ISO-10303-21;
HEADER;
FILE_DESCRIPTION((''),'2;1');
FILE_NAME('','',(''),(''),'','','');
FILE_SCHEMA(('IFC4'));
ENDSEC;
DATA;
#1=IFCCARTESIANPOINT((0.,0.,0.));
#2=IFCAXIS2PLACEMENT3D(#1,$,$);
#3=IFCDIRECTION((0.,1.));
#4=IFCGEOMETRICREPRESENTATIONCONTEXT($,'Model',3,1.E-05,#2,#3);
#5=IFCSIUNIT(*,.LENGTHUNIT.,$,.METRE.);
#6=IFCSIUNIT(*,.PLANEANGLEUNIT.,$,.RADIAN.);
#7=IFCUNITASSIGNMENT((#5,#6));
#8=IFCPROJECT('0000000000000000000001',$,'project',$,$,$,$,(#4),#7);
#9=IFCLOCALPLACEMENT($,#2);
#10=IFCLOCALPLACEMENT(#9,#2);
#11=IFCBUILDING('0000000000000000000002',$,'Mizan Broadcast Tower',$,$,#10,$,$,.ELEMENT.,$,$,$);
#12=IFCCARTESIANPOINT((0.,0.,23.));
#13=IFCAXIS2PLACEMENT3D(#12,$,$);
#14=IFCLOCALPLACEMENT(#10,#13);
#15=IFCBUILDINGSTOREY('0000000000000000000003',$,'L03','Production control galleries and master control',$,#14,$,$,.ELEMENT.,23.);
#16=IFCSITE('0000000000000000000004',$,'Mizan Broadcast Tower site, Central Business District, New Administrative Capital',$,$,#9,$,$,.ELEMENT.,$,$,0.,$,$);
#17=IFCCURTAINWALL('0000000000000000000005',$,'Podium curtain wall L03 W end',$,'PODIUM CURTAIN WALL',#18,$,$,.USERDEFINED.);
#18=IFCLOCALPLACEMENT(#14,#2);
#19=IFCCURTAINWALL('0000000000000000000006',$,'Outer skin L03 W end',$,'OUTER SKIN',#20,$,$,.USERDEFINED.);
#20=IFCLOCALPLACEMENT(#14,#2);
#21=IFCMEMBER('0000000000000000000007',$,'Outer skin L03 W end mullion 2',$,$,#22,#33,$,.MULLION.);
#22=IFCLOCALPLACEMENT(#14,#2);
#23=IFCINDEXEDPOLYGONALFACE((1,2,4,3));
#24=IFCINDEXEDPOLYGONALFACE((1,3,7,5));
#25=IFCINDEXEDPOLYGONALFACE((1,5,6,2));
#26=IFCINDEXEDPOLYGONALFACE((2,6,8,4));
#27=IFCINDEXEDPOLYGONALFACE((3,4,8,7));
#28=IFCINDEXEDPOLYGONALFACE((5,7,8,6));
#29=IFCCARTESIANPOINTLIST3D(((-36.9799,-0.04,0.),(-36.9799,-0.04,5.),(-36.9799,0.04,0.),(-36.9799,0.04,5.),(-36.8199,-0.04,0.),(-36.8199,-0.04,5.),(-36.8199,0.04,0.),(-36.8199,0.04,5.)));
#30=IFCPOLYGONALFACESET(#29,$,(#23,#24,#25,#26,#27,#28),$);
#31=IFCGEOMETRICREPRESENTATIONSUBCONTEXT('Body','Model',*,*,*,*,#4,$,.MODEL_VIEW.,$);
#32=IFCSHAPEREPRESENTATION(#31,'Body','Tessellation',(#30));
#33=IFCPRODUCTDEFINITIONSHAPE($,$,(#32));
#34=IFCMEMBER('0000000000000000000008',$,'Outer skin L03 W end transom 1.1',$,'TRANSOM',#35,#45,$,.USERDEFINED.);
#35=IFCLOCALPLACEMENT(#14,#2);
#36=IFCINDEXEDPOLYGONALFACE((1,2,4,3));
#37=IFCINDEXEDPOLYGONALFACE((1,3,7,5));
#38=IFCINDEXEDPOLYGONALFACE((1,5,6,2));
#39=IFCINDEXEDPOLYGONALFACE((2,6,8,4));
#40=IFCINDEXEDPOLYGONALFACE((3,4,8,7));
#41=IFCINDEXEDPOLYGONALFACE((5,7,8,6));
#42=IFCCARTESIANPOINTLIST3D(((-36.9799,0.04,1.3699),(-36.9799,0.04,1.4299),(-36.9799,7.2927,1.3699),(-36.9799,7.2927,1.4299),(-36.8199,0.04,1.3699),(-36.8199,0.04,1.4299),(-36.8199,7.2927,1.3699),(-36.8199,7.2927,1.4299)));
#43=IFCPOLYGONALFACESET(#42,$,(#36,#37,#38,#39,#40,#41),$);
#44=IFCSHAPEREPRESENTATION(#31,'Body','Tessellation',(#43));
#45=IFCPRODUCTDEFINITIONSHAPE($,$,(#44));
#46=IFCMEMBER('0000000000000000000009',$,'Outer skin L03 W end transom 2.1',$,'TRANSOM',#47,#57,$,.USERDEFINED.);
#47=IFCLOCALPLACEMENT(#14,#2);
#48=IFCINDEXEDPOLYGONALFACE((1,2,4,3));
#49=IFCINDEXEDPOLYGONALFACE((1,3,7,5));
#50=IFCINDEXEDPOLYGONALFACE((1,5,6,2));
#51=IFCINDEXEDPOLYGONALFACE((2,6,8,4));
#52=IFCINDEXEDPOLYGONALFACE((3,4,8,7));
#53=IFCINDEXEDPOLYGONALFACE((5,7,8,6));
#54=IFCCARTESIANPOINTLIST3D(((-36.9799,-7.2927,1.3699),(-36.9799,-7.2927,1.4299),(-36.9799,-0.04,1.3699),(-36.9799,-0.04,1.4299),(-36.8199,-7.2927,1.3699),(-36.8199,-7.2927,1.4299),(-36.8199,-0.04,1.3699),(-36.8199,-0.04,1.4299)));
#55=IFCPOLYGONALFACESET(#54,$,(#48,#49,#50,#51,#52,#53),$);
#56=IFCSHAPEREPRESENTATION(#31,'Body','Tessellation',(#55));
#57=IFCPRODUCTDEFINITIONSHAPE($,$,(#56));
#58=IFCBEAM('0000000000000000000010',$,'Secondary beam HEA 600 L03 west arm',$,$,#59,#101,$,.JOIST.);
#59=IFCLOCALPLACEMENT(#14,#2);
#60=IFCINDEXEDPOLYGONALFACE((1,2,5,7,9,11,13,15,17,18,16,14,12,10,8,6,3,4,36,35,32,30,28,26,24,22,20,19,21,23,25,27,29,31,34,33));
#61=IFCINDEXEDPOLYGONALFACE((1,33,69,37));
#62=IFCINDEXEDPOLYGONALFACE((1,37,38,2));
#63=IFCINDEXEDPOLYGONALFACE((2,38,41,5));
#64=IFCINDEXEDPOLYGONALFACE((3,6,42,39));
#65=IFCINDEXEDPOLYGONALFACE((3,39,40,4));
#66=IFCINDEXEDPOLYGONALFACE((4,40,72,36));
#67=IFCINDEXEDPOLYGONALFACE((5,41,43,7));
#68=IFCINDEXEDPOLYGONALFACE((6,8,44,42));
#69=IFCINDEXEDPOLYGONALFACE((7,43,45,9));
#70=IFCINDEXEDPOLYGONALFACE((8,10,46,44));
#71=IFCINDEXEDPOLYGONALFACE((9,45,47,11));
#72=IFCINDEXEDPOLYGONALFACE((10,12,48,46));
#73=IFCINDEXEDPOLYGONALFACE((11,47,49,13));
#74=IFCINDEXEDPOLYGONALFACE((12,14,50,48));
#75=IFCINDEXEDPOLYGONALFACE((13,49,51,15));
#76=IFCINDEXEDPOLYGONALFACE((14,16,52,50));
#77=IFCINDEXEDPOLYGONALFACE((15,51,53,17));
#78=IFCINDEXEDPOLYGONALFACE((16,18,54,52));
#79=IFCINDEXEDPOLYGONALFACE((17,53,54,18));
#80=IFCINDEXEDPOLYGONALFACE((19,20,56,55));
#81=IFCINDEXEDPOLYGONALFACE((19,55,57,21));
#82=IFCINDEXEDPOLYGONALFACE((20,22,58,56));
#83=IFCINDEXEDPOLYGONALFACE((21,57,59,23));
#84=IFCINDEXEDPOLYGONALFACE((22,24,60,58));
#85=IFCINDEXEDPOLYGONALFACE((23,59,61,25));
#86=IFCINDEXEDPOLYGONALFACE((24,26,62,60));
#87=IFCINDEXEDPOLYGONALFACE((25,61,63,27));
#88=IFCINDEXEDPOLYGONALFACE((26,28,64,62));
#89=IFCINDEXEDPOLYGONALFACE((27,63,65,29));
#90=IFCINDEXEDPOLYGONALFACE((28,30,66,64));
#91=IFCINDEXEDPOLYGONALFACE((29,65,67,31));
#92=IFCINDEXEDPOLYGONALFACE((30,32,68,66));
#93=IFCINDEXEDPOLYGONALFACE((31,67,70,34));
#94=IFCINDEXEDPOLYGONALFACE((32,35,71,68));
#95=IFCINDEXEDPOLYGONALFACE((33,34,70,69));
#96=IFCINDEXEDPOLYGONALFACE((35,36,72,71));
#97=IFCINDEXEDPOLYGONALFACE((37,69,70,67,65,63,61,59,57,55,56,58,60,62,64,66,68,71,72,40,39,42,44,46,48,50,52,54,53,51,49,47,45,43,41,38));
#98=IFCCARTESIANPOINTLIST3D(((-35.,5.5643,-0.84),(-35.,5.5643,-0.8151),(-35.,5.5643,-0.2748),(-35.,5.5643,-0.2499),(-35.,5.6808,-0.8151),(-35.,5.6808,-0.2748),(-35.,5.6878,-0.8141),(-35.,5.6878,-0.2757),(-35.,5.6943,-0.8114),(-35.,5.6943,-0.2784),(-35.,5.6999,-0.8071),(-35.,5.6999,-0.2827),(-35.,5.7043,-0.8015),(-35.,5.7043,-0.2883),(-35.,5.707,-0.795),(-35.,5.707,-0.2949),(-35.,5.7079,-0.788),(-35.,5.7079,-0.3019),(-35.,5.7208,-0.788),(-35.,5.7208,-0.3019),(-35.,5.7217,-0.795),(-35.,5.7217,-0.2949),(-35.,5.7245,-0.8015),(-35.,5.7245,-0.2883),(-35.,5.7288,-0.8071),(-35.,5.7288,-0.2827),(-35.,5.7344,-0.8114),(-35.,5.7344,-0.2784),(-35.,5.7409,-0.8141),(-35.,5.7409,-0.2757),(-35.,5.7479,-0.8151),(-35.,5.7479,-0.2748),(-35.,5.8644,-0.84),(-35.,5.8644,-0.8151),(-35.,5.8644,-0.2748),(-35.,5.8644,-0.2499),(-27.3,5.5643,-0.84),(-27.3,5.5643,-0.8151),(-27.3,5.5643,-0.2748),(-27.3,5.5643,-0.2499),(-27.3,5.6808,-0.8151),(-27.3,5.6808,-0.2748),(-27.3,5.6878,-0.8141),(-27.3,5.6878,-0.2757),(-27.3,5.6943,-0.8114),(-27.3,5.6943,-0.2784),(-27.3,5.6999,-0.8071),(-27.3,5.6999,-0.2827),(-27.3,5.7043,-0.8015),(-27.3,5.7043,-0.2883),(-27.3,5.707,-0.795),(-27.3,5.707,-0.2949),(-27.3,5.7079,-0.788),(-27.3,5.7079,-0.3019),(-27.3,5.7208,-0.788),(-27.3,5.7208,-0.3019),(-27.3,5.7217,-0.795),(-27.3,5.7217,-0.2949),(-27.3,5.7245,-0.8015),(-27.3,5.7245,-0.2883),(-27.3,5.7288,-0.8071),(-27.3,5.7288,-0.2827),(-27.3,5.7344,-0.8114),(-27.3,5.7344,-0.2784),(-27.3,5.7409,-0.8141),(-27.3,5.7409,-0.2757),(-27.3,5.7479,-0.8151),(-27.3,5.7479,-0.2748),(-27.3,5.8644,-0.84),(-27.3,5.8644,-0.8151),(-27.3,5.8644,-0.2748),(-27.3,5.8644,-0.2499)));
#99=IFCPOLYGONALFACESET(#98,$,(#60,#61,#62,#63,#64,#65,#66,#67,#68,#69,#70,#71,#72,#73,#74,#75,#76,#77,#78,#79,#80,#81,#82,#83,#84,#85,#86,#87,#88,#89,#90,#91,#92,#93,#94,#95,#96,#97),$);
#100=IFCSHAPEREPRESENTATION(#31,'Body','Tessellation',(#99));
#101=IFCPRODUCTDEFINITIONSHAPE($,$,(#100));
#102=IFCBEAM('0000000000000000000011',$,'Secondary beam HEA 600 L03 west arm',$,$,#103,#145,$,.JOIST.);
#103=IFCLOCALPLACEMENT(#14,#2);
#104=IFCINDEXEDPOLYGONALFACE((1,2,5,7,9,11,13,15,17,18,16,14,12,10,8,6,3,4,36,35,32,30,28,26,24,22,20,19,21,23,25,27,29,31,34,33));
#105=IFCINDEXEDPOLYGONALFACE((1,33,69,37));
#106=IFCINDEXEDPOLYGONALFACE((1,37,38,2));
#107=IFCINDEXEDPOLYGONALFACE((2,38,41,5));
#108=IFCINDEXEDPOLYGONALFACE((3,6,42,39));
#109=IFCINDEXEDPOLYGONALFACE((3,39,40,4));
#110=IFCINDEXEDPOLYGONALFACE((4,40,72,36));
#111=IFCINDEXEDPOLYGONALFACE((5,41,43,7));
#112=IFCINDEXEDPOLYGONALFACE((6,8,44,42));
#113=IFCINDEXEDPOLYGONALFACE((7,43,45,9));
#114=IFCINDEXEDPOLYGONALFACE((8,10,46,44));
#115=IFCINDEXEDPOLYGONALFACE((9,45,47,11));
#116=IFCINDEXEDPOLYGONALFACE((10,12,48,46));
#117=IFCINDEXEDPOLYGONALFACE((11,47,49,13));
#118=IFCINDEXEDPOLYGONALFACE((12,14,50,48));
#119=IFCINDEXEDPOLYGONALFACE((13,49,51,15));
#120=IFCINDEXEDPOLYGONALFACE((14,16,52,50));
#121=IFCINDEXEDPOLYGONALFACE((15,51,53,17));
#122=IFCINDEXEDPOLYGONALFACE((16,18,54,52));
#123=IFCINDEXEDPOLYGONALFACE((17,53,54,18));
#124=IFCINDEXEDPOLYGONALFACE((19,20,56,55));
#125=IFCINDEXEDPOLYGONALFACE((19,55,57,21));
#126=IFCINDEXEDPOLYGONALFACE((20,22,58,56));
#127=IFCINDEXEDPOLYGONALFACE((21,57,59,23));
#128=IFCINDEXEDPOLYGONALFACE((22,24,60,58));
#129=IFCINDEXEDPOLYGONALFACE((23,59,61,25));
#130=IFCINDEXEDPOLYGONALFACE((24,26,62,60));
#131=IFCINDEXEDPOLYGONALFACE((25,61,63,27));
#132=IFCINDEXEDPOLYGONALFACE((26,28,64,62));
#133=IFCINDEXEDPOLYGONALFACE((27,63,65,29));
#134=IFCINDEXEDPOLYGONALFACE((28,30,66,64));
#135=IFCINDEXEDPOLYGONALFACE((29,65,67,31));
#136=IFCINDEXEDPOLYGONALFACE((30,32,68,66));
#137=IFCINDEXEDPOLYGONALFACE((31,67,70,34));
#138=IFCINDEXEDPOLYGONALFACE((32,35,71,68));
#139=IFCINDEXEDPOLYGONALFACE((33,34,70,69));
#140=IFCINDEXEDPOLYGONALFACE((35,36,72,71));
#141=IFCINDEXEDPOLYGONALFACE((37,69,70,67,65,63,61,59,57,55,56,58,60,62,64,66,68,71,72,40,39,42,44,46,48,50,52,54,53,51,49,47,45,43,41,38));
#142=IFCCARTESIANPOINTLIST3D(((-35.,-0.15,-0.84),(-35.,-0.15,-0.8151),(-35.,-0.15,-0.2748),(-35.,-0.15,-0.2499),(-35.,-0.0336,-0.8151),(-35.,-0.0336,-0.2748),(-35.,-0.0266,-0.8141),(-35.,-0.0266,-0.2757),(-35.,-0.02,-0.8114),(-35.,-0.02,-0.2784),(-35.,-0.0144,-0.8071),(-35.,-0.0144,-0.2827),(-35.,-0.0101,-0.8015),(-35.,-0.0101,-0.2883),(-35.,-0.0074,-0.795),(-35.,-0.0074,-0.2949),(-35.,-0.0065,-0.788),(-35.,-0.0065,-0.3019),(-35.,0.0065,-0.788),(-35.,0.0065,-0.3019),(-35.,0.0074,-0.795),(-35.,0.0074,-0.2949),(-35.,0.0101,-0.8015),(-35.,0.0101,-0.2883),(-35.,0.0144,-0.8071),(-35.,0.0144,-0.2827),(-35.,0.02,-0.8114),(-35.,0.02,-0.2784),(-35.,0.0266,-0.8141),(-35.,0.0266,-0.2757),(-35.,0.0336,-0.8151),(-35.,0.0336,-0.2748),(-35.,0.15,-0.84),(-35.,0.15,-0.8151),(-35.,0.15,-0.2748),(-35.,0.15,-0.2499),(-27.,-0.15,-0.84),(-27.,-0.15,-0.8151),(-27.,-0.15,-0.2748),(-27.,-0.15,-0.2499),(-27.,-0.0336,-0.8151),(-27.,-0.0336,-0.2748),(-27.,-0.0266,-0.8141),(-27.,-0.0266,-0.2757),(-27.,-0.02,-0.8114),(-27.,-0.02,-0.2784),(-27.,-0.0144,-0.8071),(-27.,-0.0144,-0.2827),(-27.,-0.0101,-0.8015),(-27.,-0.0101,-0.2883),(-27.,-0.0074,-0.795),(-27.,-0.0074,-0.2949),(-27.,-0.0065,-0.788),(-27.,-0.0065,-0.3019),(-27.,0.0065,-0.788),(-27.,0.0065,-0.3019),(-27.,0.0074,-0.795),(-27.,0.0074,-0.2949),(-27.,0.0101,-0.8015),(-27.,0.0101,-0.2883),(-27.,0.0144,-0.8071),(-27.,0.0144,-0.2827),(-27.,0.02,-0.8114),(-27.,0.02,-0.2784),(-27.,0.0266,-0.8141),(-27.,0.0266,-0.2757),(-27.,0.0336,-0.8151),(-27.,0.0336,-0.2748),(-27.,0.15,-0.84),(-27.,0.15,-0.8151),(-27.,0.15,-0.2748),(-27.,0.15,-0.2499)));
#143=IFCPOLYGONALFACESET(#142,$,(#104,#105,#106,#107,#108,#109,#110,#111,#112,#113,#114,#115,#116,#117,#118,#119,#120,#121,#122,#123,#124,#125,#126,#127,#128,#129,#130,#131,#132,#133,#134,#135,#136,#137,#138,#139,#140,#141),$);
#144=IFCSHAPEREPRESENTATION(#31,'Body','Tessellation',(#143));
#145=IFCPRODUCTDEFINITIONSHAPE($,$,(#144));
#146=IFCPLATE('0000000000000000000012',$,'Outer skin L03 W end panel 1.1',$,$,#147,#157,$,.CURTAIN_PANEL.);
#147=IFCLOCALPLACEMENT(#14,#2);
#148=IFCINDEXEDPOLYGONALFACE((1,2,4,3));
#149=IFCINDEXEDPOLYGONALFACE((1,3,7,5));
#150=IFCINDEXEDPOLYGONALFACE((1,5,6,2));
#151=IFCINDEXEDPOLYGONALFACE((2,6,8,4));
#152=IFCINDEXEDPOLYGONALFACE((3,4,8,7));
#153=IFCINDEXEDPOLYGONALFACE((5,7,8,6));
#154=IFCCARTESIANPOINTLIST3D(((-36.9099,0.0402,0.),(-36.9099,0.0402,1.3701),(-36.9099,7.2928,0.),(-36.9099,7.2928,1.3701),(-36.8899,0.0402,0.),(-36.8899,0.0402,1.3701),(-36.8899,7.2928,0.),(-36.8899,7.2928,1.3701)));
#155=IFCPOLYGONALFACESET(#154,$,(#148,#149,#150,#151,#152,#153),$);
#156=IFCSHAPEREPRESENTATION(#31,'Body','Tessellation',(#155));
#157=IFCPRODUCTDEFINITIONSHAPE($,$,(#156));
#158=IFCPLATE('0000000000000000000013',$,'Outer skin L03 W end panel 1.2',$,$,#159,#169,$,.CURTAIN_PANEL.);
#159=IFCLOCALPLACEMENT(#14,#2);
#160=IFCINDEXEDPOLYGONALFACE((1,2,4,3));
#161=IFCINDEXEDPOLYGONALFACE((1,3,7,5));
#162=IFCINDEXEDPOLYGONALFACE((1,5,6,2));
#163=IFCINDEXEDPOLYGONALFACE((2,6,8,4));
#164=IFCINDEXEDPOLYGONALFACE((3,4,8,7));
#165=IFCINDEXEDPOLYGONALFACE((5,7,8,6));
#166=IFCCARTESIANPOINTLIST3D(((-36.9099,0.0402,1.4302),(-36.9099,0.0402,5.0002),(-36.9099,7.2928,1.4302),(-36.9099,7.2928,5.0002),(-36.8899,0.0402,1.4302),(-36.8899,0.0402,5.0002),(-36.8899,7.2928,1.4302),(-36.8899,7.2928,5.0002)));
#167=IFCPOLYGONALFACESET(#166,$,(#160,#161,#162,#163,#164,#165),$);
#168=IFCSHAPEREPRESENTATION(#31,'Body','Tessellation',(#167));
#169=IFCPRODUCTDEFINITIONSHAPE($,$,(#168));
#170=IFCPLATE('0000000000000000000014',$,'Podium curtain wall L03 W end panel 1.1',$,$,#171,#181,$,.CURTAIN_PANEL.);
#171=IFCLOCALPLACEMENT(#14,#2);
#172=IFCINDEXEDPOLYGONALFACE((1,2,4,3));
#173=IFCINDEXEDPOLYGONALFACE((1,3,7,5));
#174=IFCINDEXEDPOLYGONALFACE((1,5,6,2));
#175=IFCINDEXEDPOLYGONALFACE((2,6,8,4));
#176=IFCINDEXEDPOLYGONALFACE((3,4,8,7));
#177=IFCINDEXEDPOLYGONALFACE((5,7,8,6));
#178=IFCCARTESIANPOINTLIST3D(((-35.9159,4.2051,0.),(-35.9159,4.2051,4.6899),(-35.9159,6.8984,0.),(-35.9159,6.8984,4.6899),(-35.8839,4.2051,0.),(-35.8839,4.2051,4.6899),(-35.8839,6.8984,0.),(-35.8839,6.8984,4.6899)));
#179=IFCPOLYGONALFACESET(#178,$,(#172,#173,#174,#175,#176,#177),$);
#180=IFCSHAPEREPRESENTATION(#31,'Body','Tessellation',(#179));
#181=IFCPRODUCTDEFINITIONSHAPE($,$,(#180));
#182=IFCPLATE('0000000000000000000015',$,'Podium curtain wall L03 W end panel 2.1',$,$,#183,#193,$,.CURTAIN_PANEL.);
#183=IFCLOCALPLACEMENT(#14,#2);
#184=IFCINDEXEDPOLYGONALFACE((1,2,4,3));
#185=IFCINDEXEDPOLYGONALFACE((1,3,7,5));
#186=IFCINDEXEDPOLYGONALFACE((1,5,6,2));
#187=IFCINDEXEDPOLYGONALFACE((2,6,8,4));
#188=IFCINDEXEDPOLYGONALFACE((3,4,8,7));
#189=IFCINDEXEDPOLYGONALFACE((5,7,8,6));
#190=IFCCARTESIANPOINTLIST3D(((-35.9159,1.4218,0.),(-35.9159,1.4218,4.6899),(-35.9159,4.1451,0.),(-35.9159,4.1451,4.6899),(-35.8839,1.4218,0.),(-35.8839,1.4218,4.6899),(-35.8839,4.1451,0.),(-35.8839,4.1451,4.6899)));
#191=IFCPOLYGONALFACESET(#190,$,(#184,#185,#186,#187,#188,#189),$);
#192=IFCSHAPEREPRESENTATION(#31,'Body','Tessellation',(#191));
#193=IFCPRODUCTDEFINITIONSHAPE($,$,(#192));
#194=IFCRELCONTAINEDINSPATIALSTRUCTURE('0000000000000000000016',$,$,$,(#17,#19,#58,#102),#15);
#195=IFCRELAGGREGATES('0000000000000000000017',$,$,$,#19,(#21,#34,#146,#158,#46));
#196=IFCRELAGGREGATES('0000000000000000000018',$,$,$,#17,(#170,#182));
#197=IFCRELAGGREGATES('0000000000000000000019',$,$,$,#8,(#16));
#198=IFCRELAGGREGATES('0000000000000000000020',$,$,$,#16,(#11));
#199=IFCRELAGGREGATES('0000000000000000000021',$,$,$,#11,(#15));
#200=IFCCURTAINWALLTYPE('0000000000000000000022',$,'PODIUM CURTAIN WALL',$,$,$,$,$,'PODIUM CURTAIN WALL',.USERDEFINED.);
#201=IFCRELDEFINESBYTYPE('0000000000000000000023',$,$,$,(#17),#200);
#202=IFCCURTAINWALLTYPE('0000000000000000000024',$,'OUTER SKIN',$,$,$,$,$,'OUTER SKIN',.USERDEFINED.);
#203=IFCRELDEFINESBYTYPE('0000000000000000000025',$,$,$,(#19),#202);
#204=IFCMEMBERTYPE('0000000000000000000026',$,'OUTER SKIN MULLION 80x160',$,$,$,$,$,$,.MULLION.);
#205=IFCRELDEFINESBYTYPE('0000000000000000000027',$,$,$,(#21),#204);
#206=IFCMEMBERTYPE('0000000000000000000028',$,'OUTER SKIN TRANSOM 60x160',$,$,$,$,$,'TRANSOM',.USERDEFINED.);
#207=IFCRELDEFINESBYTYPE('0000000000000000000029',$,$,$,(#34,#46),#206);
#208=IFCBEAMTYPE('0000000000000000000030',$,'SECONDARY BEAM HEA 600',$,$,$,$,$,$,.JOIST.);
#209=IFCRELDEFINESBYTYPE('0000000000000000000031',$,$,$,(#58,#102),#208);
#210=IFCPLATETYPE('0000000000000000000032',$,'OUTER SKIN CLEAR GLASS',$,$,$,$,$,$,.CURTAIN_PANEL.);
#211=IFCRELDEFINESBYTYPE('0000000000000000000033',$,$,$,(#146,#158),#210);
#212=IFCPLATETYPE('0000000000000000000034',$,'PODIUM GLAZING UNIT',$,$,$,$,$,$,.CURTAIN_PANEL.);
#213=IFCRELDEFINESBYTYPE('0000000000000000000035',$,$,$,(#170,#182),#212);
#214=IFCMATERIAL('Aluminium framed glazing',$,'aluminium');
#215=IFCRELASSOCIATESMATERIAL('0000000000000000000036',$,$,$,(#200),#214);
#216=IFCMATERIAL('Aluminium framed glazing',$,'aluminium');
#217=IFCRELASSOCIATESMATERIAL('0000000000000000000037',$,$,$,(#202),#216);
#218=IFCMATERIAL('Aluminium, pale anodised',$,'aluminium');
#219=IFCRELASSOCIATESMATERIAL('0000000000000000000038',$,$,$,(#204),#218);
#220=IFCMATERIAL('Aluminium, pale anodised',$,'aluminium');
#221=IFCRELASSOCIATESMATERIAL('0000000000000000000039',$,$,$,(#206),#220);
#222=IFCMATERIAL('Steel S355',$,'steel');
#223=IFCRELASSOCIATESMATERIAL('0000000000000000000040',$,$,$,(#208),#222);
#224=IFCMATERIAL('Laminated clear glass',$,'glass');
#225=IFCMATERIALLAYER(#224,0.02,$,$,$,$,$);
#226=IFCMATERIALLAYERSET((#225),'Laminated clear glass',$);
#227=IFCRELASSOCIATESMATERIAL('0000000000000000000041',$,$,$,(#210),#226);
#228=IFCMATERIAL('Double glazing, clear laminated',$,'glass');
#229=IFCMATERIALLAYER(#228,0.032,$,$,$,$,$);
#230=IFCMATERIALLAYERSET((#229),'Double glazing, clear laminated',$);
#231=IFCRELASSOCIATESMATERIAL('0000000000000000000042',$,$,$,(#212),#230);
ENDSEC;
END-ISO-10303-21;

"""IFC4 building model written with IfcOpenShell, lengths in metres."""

from ifc_helpers import new_model, si_unit, direction, frame, origin, origin_2d, place, context, subcontext, project, spatial, rectangle, i_section, extrude, material, layer, layer_set, material_profile, profile_set, type_object, element, aggregate, save


model = new_model("IFC4")

# Units and contexts
model_context = context("Model", 3, precision=1e-05, world=origin(), true_north=direction((0.0, 1.0)))
body_context = subcontext(model_context, "Body", "Model", "MODEL_VIEW")
ifc_project = project(units=[si_unit("LENGTHUNIT", "METRE"), si_unit("PLANEANGLEUNIT", "RADIAN")], contexts=[model_context])

# Site, building, storey
site_placement = place(None, origin())
site = spatial("IfcSite", under=ifc_project, at=site_placement, Name="Mizan Broadcast Tower site, Central Business District, New Administrative Capital", CompositionType="ELEMENT", RefElevation=0.0)
building_placement = place(site_placement, origin())
building = spatial("IfcBuilding", under=site, at=building_placement, Name="Mizan Broadcast Tower", CompositionType="ELEMENT")
storey_placement = place(building_placement, frame((0.0, 0.0, 23.0)))
storey = spatial("IfcBuildingStorey", under=building, at=storey_placement, Name="L03", Description="Production control galleries and master control", CompositionType="ELEMENT", Elevation=23.0)

# Shared definitions
ifc_material_1 = material(Name="Aluminium framed glazing", Category="aluminium")
curtain_wall_type_1 = type_object("IfcCurtainWallType", Name="PODIUM CURTAIN WALL", ElementType="PODIUM CURTAIN WALL", PredefinedType="USERDEFINED", material=ifc_material_1)

# Curtain walls, members
curtain_wall_1_placement = place(storey_placement, origin())
curtain_wall_1 = element("IfcCurtainWall", 1, at=curtain_wall_1_placement, inside=storey, type_object=curtain_wall_type_1, Name="Podium curtain wall L03 W end", ObjectType="PODIUM CURTAIN WALL", PredefinedType="USERDEFINED")
ifc_material_2 = material(Name="Aluminium framed glazing", Category="aluminium")
curtain_wall_type_2 = type_object("IfcCurtainWallType", Name="OUTER SKIN", ElementType="OUTER SKIN", PredefinedType="USERDEFINED", material=ifc_material_2)
curtain_wall_2_placement = place(storey_placement, origin())
curtain_wall_2 = element("IfcCurtainWall", 2, at=curtain_wall_2_placement, inside=storey, type_object=curtain_wall_type_2, Name="Outer skin L03 W end", ObjectType="OUTER SKIN", PredefinedType="USERDEFINED")
ifc_material_3 = material(Name="Aluminium, pale anodised", Category="aluminium")
ifc_material_profile_1 = material_profile(ifc_material_3, rectangle(XDim=0.1599, YDim=0.0801, at=origin_2d()), Name="MULLION 160x80")
ifc_profile_set_1 = profile_set([ifc_material_profile_1], Name="Aluminium, pale anodised")
member_type_1 = type_object("IfcMemberType", Name="OUTER SKIN MULLION 80x160", PredefinedType="MULLION", material=ifc_profile_set_1)
member_1_placement = place(storey_placement, frame((-36.8999, 0.0, 0.0), z_axis=(0.0, 0.0, 1.0), x_axis=(1.0, 0.0, 0.0)))
member_1 = element("IfcMember", 3, at=member_1_placement, type_object=member_type_1, Name="Outer skin L03 W end mullion 2", PredefinedType="MULLION", context=body_context, shape_type="SweptSolid", body=[
    extrude(rectangle(XDim=0.1599, YDim=0.0801, at=origin_2d()), origin(), (0.0, 0.0, 1.0), 5.0),
])
ifc_material_4 = material(Name="Aluminium, pale anodised", Category="aluminium")
ifc_material_profile_2 = material_profile(ifc_material_4, rectangle(XDim=0.1599, YDim=0.0601, at=origin_2d()), Name="TRANSOM 160x60")
ifc_profile_set_2 = profile_set([ifc_material_profile_2], Name="Aluminium, pale anodised")
member_type_2 = type_object("IfcMemberType", Name="OUTER SKIN TRANSOM 60x160", ElementType="TRANSOM", PredefinedType="USERDEFINED", material=ifc_profile_set_2)
member_2_placement = place(storey_placement, frame((-36.8999, 7.2927, 1.3999), z_axis=(0.0, -1.0, 0.0), x_axis=(1.0, 0.0, 0.0)))
member_2 = element("IfcMember", 4, at=member_2_placement, type_object=member_type_2, Name="Outer skin L03 W end transom 1.1", ObjectType="TRANSOM", PredefinedType="USERDEFINED", context=body_context, shape_type="SweptSolid", body=[
    extrude(rectangle(XDim=0.1599, YDim=0.0601, at=origin_2d()), origin(), (0.0, 0.0, 1.0), 7.2527),
])
member_3_placement = place(storey_placement, frame((-36.8999, -0.04, 1.3999), z_axis=(0.0, -1.0, 0.0), x_axis=(1.0, 0.0, 0.0)))
member_3 = element("IfcMember", 5, at=member_3_placement, type_object=member_type_2, Name="Outer skin L03 W end transom 2.1", ObjectType="TRANSOM", PredefinedType="USERDEFINED", context=body_context, shape_type="SweptSolid", body=[
    extrude(rectangle(XDim=0.1599, YDim=0.0601, at=origin_2d()), origin(), (0.0, 0.0, 1.0), 7.2527),
])

# Beams
ifc_material_5 = material(Name="Steel S355", Category="steel")
ifc_material_profile_3 = material_profile(ifc_material_5, i_section(OverallWidth=0.3, OverallDepth=0.5901, WebThickness=0.0129, FlangeThickness=0.0249, FilletRadius=0.0271, at=origin_2d()), Name="HEA 600")
ifc_profile_set_3 = profile_set([ifc_material_profile_3], Name="Steel S355")
beam_type_1 = type_object("IfcBeamType", Name="SECONDARY BEAM HEA 600", PredefinedType="JOIST", material=ifc_profile_set_3)
beam_1_placement = place(storey_placement, frame((-27.3, 5.7144, -0.5449), z_axis=(-1.0, 0.0, 0.0), x_axis=(0.0, -1.0, 0.0)))
element("IfcBeam", 6, at=beam_1_placement, inside=storey, type_object=beam_type_1, Name="Secondary beam HEA 600 L03 west arm", PredefinedType="JOIST", context=body_context, shape_type="SweptSolid", body=[
    extrude(i_section(OverallWidth=0.3, OverallDepth=0.5901, WebThickness=0.0129, FlangeThickness=0.0249, FilletRadius=0.0271, at=origin_2d()), origin(), (0.0, 0.0, 1.0), 7.7),
])
beam_2_placement = place(storey_placement, frame((-27.0, 0.0, -0.5449), z_axis=(-1.0, 0.0, 0.0), x_axis=(0.0, -1.0, 0.0)))
element("IfcBeam", 7, at=beam_2_placement, inside=storey, type_object=beam_type_1, Name="Secondary beam HEA 600 L03 west arm", PredefinedType="JOIST", context=body_context, shape_type="SweptSolid", body=[
    extrude(i_section(OverallWidth=0.3, OverallDepth=0.5901, WebThickness=0.0129, FlangeThickness=0.0249, FilletRadius=0.0271, at=origin_2d()), origin(), (0.0, 0.0, 1.0), 8.0),
])

# Plates
ifc_material_6 = material(Name="Laminated clear glass", Category="glass")
ifc_layer_1 = layer(ifc_material_6, 0.02)
ifc_layer_set_1 = layer_set([ifc_layer_1], Name="Laminated clear glass")
plate_type_1 = type_object("IfcPlateType", Name="OUTER SKIN CLEAR GLASS", PredefinedType="CURTAIN_PANEL", material=ifc_layer_set_1)
plate_1_placement = place(storey_placement, frame((-36.8999, 3.6665, 0.0), z_axis=(0.0, 0.0, 1.0), x_axis=(0.0, -1.0, 0.0)))
plate_1 = element("IfcPlate", 8, at=plate_1_placement, type_object=plate_type_1, Name="Outer skin L03 W end panel 1.1", PredefinedType="CURTAIN_PANEL", context=body_context, shape_type="SweptSolid", body=[
    extrude(rectangle(XDim=7.2527, YDim=0.02, at=origin_2d()), origin(), (0.0, 0.0, 1.0), 1.3701),
])
plate_2_placement = place(storey_placement, frame((-36.8999, 3.6665, 1.4302), z_axis=(0.0, 0.0, 1.0), x_axis=(0.0, -1.0, 0.0)))
plate_2 = element("IfcPlate", 9, at=plate_2_placement, type_object=plate_type_1, Name="Outer skin L03 W end panel 1.2", PredefinedType="CURTAIN_PANEL", context=body_context, shape_type="SweptSolid", body=[
    extrude(rectangle(XDim=7.2527, YDim=0.02, at=origin_2d()), origin(), (0.0, 0.0, 1.0), 3.5701),
])
aggregate(curtain_wall_2, [member_1, member_2, plate_1, plate_2, member_3])
ifc_material_7 = material(Name="Double glazing, clear laminated", Category="glass")
ifc_layer_2 = layer(ifc_material_7, 0.032)
ifc_layer_set_2 = layer_set([ifc_layer_2], Name="Double glazing, clear laminated")
plate_type_2 = type_object("IfcPlateType", Name="PODIUM GLAZING UNIT", PredefinedType="CURTAIN_PANEL", material=ifc_layer_set_2)
plate_3_placement = place(storey_placement, frame((-35.8999, 5.5518, 0.0), z_axis=(0.0, 0.0, 1.0), x_axis=(0.0, -1.0, 0.0)))
plate_3 = element("IfcPlate", 10, at=plate_3_placement, type_object=plate_type_2, Name="Podium curtain wall L03 W end panel 1.1", PredefinedType="CURTAIN_PANEL", context=body_context, shape_type="SweptSolid", body=[
    extrude(rectangle(XDim=2.6934, YDim=0.032, at=origin_2d()), origin(), (0.0, 0.0, 1.0), 4.6899),
])
plate_4_placement = place(storey_placement, frame((-35.8999, 2.7834, 0.0), z_axis=(0.0, 0.0, 1.0), x_axis=(0.0, -1.0, 0.0)))
plate_4 = element("IfcPlate", 11, at=plate_4_placement, type_object=plate_type_2, Name="Podium curtain wall L03 W end panel 2.1", PredefinedType="CURTAIN_PANEL", context=body_context, shape_type="SweptSolid", body=[
    extrude(rectangle(XDim=2.7234, YDim=0.032, at=origin_2d()), origin(), (0.0, 0.0, 1.0), 4.6899),
])
aggregate(curtain_wall_1, [plate_3, plate_4])

save(model, "model.ifc")
